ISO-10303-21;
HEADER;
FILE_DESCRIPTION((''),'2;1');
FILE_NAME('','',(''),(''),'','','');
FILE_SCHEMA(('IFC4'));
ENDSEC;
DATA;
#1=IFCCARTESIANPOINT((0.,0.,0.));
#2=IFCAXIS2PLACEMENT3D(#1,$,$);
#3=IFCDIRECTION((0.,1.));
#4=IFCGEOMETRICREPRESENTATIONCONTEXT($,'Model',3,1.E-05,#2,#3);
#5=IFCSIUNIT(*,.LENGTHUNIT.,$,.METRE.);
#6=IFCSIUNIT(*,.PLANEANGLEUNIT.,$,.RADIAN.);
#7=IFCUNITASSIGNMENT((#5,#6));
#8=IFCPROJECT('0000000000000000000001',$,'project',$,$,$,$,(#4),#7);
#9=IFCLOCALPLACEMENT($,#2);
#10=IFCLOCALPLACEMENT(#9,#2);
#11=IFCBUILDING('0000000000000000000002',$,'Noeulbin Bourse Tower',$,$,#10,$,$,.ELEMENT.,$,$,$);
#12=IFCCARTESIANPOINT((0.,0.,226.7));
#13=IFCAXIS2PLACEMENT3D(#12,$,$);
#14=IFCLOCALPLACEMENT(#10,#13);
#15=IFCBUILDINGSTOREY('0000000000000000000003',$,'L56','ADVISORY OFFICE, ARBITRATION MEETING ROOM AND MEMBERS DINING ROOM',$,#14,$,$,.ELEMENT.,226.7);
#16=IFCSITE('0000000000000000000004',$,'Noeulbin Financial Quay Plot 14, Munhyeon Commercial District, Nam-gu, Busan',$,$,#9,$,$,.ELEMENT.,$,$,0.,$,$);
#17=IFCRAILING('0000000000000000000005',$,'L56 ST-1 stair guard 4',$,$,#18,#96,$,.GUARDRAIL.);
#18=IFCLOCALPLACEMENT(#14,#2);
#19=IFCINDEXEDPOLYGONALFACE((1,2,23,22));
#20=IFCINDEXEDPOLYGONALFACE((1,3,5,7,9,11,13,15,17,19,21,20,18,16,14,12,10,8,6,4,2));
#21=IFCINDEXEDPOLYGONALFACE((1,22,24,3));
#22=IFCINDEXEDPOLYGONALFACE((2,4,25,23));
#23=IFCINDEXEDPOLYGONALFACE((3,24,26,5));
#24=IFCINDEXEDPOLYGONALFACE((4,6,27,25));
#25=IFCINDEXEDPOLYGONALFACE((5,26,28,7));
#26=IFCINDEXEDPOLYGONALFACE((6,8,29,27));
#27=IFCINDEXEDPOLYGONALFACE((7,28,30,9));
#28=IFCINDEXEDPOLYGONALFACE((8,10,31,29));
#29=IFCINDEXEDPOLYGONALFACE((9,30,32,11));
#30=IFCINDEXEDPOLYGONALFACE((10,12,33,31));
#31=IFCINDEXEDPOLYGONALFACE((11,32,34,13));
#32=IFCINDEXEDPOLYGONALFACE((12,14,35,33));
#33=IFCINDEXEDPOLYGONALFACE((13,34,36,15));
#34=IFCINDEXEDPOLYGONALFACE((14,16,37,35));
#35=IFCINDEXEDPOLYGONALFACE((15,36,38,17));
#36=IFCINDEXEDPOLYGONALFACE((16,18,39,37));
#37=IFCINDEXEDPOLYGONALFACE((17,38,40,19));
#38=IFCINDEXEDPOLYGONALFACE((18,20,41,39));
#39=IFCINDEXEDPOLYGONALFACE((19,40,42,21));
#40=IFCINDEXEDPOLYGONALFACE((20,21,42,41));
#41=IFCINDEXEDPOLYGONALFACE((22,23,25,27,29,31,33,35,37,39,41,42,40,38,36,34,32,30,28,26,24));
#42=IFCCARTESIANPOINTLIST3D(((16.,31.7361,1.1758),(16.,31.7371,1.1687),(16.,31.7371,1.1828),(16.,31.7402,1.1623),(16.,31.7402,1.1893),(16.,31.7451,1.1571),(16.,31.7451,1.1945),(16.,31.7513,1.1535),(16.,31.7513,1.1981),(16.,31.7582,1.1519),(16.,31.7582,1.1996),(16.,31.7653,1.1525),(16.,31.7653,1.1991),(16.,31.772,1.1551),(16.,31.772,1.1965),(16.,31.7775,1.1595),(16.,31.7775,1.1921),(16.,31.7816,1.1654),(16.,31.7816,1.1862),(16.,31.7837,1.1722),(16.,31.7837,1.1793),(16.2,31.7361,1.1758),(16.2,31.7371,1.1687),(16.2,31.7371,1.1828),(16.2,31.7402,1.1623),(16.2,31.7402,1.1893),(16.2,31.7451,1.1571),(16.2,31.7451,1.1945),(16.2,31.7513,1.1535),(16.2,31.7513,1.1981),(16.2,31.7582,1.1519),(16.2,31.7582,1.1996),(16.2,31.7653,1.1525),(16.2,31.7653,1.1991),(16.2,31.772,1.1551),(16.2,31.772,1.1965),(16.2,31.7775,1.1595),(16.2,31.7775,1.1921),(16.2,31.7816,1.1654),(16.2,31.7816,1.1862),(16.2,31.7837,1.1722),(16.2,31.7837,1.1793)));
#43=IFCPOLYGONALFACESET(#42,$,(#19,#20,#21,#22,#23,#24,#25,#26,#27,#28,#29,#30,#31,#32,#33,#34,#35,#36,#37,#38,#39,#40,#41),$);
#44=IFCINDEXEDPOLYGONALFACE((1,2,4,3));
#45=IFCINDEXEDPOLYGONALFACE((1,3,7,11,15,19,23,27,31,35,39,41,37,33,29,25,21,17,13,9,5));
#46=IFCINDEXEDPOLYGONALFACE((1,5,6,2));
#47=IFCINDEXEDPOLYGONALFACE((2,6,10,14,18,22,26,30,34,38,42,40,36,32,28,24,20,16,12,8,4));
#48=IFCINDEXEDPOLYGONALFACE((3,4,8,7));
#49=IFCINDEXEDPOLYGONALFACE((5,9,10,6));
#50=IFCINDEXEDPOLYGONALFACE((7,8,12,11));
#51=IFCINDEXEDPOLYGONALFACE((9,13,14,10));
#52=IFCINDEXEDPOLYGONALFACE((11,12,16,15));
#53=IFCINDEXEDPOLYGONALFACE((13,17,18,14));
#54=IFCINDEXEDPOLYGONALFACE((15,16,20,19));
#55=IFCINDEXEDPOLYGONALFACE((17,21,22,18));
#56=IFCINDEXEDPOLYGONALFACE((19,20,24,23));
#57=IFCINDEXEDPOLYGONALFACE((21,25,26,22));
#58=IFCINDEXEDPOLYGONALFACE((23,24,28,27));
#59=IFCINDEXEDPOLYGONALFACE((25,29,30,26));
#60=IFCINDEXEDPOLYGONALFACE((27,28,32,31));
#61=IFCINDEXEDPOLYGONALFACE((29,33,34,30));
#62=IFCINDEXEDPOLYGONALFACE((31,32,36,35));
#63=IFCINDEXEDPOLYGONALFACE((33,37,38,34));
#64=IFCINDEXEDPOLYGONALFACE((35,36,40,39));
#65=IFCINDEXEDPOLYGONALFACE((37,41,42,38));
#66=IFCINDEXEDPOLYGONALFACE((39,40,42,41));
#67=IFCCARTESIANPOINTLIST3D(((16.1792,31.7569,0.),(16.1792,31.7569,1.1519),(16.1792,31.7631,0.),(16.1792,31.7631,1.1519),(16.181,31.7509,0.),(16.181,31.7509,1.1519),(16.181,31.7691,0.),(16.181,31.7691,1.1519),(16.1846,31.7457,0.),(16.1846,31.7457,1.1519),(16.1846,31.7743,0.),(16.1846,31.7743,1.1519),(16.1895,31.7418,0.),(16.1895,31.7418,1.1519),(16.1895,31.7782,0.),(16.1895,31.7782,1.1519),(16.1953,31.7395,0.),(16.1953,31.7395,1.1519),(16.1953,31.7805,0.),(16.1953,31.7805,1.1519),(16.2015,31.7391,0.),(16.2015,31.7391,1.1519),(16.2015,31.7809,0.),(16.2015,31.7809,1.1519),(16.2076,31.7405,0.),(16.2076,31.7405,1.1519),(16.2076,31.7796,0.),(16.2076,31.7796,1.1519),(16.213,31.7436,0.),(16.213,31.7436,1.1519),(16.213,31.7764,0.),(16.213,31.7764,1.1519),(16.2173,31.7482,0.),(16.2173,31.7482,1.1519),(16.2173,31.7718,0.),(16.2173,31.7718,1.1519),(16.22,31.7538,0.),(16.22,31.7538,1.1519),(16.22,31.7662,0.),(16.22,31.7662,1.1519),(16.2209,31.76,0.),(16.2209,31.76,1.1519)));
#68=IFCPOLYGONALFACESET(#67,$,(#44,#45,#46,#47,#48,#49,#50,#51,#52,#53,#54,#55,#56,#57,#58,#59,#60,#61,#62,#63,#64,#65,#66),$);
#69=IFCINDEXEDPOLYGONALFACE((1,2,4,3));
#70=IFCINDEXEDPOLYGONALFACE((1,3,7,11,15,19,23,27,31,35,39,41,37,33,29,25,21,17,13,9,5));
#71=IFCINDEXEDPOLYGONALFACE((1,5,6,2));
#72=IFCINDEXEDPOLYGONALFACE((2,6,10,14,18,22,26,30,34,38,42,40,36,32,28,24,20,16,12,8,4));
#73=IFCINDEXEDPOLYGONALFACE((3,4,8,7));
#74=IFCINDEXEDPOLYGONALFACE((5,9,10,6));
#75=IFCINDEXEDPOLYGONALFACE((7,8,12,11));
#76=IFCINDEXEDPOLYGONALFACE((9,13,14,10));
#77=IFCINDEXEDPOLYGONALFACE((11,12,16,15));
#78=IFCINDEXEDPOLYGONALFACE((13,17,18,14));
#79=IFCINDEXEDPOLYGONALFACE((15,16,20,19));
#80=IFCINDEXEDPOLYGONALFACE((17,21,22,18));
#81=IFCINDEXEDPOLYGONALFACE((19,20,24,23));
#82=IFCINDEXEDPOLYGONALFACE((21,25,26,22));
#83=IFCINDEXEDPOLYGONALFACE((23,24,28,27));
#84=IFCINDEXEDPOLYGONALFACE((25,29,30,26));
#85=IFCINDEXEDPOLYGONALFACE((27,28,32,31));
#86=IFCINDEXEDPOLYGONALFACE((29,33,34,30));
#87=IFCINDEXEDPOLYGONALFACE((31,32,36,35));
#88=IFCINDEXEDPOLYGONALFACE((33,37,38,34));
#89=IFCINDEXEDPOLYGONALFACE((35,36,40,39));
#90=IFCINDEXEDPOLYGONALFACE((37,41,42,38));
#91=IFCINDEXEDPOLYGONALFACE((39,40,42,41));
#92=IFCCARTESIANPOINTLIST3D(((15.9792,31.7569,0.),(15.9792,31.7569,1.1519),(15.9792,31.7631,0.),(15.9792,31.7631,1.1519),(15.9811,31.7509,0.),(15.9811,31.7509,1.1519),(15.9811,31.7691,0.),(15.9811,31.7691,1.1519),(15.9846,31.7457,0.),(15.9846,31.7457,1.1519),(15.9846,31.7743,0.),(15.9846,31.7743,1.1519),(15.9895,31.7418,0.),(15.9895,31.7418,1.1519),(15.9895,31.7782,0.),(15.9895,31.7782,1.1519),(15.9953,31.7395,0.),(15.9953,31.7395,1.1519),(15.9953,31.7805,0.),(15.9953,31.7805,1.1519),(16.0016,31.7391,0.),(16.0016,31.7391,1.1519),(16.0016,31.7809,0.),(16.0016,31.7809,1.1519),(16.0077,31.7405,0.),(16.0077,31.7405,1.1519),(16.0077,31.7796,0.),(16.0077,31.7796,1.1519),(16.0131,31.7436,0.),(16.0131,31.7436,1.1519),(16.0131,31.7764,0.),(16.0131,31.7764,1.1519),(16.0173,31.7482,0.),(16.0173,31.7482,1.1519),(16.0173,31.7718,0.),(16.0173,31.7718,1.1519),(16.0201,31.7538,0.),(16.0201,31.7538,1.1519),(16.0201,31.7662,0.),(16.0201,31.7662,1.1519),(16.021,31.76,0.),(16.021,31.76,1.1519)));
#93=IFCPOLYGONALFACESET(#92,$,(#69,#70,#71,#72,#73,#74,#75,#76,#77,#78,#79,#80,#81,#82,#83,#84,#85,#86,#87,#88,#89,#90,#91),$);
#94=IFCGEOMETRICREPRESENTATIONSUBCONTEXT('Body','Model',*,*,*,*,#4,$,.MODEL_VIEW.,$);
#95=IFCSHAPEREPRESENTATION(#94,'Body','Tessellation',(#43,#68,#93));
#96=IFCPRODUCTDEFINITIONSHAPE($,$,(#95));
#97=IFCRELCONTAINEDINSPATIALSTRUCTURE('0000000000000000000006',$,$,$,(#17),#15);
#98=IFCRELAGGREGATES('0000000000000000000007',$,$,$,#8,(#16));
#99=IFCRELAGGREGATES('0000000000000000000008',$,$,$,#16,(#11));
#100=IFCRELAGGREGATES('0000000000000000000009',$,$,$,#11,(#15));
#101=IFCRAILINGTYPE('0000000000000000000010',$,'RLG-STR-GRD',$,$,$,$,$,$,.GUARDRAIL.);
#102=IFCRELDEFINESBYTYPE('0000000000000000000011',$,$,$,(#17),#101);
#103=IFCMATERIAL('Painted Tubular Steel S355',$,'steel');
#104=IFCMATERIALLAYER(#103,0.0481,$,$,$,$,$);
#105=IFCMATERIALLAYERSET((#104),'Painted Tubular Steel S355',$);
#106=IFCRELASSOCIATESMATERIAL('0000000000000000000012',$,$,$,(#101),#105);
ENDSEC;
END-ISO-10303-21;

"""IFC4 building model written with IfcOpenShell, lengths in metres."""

from ifc_helpers import new_model, si_unit, direction, frame, origin, origin_2d, place, context, subcontext, project, spatial, circle, extrude, material, layer, layer_set, type_object, element, save


model = new_model("IFC4")

# Units and contexts
model_context = context("Model", 3, precision=1e-05, world=origin(), true_north=direction((0.0, 1.0)))
body_context = subcontext(model_context, "Body", "Model", "MODEL_VIEW")
ifc_project = project(units=[si_unit("LENGTHUNIT", "METRE"), si_unit("PLANEANGLEUNIT", "RADIAN")], contexts=[model_context])

# Site, building, storey
site_placement = place(None, origin())
site = spatial("IfcSite", under=ifc_project, at=site_placement, Name="Noeulbin Financial Quay Plot 14, Munhyeon Commercial District, Nam-gu, Busan", CompositionType="ELEMENT", RefElevation=0.0)
building_placement = place(site_placement, origin())
building = spatial("IfcBuilding", under=site, at=building_placement, Name="Noeulbin Bourse Tower", CompositionType="ELEMENT")
storey_placement = place(building_placement, frame((0.0, 0.0, 226.7)))
storey = spatial("IfcBuildingStorey", under=building, at=storey_placement, Name="L56", Description="ADVISORY OFFICE, ARBITRATION MEETING ROOM AND MEMBERS DINING ROOM", CompositionType="ELEMENT", Elevation=226.7)

# Railing
ifc_material_1 = material(Name="Painted Tubular Steel S355", Category="steel")
ifc_layer_1 = layer(ifc_material_1, 0.0481)
ifc_layer_set_1 = layer_set([ifc_layer_1], Name="Painted Tubular Steel S355")
railing_type_1 = type_object("IfcRailingType", Name="RLG-STR-GRD", PredefinedType="GUARDRAIL", material=ifc_layer_set_1)
railing_1_placement = place(storey_placement, frame((16.2, 31.76, 0.0)))
element("IfcRailing", 1, at=railing_1_placement, inside=storey, type_object=railing_type_1, Name="L56 ST-1 stair guard 4", PredefinedType="GUARDRAIL", context=body_context, shape_type="SweptSolid", body=[
    extrude(circle(Radius=0.0239, at=origin_2d()), frame((0.0, 0.0, 1.1758), z_axis=(-1.0, 0.0, 0.0), x_axis=(0.0, -1.0, 0.0)), (0.0, 0.0, 1.0), 0.2),
    extrude(circle(Radius=0.021, at=origin_2d()), origin(), (0.0, 0.0, 1.0), 1.1519),
    extrude(circle(Radius=0.021, at=origin_2d()), frame((-0.2, 0.0, 0.0)), (0.0, 0.0, 1.0), 1.1519),
])

save(model, "model.ifc")
